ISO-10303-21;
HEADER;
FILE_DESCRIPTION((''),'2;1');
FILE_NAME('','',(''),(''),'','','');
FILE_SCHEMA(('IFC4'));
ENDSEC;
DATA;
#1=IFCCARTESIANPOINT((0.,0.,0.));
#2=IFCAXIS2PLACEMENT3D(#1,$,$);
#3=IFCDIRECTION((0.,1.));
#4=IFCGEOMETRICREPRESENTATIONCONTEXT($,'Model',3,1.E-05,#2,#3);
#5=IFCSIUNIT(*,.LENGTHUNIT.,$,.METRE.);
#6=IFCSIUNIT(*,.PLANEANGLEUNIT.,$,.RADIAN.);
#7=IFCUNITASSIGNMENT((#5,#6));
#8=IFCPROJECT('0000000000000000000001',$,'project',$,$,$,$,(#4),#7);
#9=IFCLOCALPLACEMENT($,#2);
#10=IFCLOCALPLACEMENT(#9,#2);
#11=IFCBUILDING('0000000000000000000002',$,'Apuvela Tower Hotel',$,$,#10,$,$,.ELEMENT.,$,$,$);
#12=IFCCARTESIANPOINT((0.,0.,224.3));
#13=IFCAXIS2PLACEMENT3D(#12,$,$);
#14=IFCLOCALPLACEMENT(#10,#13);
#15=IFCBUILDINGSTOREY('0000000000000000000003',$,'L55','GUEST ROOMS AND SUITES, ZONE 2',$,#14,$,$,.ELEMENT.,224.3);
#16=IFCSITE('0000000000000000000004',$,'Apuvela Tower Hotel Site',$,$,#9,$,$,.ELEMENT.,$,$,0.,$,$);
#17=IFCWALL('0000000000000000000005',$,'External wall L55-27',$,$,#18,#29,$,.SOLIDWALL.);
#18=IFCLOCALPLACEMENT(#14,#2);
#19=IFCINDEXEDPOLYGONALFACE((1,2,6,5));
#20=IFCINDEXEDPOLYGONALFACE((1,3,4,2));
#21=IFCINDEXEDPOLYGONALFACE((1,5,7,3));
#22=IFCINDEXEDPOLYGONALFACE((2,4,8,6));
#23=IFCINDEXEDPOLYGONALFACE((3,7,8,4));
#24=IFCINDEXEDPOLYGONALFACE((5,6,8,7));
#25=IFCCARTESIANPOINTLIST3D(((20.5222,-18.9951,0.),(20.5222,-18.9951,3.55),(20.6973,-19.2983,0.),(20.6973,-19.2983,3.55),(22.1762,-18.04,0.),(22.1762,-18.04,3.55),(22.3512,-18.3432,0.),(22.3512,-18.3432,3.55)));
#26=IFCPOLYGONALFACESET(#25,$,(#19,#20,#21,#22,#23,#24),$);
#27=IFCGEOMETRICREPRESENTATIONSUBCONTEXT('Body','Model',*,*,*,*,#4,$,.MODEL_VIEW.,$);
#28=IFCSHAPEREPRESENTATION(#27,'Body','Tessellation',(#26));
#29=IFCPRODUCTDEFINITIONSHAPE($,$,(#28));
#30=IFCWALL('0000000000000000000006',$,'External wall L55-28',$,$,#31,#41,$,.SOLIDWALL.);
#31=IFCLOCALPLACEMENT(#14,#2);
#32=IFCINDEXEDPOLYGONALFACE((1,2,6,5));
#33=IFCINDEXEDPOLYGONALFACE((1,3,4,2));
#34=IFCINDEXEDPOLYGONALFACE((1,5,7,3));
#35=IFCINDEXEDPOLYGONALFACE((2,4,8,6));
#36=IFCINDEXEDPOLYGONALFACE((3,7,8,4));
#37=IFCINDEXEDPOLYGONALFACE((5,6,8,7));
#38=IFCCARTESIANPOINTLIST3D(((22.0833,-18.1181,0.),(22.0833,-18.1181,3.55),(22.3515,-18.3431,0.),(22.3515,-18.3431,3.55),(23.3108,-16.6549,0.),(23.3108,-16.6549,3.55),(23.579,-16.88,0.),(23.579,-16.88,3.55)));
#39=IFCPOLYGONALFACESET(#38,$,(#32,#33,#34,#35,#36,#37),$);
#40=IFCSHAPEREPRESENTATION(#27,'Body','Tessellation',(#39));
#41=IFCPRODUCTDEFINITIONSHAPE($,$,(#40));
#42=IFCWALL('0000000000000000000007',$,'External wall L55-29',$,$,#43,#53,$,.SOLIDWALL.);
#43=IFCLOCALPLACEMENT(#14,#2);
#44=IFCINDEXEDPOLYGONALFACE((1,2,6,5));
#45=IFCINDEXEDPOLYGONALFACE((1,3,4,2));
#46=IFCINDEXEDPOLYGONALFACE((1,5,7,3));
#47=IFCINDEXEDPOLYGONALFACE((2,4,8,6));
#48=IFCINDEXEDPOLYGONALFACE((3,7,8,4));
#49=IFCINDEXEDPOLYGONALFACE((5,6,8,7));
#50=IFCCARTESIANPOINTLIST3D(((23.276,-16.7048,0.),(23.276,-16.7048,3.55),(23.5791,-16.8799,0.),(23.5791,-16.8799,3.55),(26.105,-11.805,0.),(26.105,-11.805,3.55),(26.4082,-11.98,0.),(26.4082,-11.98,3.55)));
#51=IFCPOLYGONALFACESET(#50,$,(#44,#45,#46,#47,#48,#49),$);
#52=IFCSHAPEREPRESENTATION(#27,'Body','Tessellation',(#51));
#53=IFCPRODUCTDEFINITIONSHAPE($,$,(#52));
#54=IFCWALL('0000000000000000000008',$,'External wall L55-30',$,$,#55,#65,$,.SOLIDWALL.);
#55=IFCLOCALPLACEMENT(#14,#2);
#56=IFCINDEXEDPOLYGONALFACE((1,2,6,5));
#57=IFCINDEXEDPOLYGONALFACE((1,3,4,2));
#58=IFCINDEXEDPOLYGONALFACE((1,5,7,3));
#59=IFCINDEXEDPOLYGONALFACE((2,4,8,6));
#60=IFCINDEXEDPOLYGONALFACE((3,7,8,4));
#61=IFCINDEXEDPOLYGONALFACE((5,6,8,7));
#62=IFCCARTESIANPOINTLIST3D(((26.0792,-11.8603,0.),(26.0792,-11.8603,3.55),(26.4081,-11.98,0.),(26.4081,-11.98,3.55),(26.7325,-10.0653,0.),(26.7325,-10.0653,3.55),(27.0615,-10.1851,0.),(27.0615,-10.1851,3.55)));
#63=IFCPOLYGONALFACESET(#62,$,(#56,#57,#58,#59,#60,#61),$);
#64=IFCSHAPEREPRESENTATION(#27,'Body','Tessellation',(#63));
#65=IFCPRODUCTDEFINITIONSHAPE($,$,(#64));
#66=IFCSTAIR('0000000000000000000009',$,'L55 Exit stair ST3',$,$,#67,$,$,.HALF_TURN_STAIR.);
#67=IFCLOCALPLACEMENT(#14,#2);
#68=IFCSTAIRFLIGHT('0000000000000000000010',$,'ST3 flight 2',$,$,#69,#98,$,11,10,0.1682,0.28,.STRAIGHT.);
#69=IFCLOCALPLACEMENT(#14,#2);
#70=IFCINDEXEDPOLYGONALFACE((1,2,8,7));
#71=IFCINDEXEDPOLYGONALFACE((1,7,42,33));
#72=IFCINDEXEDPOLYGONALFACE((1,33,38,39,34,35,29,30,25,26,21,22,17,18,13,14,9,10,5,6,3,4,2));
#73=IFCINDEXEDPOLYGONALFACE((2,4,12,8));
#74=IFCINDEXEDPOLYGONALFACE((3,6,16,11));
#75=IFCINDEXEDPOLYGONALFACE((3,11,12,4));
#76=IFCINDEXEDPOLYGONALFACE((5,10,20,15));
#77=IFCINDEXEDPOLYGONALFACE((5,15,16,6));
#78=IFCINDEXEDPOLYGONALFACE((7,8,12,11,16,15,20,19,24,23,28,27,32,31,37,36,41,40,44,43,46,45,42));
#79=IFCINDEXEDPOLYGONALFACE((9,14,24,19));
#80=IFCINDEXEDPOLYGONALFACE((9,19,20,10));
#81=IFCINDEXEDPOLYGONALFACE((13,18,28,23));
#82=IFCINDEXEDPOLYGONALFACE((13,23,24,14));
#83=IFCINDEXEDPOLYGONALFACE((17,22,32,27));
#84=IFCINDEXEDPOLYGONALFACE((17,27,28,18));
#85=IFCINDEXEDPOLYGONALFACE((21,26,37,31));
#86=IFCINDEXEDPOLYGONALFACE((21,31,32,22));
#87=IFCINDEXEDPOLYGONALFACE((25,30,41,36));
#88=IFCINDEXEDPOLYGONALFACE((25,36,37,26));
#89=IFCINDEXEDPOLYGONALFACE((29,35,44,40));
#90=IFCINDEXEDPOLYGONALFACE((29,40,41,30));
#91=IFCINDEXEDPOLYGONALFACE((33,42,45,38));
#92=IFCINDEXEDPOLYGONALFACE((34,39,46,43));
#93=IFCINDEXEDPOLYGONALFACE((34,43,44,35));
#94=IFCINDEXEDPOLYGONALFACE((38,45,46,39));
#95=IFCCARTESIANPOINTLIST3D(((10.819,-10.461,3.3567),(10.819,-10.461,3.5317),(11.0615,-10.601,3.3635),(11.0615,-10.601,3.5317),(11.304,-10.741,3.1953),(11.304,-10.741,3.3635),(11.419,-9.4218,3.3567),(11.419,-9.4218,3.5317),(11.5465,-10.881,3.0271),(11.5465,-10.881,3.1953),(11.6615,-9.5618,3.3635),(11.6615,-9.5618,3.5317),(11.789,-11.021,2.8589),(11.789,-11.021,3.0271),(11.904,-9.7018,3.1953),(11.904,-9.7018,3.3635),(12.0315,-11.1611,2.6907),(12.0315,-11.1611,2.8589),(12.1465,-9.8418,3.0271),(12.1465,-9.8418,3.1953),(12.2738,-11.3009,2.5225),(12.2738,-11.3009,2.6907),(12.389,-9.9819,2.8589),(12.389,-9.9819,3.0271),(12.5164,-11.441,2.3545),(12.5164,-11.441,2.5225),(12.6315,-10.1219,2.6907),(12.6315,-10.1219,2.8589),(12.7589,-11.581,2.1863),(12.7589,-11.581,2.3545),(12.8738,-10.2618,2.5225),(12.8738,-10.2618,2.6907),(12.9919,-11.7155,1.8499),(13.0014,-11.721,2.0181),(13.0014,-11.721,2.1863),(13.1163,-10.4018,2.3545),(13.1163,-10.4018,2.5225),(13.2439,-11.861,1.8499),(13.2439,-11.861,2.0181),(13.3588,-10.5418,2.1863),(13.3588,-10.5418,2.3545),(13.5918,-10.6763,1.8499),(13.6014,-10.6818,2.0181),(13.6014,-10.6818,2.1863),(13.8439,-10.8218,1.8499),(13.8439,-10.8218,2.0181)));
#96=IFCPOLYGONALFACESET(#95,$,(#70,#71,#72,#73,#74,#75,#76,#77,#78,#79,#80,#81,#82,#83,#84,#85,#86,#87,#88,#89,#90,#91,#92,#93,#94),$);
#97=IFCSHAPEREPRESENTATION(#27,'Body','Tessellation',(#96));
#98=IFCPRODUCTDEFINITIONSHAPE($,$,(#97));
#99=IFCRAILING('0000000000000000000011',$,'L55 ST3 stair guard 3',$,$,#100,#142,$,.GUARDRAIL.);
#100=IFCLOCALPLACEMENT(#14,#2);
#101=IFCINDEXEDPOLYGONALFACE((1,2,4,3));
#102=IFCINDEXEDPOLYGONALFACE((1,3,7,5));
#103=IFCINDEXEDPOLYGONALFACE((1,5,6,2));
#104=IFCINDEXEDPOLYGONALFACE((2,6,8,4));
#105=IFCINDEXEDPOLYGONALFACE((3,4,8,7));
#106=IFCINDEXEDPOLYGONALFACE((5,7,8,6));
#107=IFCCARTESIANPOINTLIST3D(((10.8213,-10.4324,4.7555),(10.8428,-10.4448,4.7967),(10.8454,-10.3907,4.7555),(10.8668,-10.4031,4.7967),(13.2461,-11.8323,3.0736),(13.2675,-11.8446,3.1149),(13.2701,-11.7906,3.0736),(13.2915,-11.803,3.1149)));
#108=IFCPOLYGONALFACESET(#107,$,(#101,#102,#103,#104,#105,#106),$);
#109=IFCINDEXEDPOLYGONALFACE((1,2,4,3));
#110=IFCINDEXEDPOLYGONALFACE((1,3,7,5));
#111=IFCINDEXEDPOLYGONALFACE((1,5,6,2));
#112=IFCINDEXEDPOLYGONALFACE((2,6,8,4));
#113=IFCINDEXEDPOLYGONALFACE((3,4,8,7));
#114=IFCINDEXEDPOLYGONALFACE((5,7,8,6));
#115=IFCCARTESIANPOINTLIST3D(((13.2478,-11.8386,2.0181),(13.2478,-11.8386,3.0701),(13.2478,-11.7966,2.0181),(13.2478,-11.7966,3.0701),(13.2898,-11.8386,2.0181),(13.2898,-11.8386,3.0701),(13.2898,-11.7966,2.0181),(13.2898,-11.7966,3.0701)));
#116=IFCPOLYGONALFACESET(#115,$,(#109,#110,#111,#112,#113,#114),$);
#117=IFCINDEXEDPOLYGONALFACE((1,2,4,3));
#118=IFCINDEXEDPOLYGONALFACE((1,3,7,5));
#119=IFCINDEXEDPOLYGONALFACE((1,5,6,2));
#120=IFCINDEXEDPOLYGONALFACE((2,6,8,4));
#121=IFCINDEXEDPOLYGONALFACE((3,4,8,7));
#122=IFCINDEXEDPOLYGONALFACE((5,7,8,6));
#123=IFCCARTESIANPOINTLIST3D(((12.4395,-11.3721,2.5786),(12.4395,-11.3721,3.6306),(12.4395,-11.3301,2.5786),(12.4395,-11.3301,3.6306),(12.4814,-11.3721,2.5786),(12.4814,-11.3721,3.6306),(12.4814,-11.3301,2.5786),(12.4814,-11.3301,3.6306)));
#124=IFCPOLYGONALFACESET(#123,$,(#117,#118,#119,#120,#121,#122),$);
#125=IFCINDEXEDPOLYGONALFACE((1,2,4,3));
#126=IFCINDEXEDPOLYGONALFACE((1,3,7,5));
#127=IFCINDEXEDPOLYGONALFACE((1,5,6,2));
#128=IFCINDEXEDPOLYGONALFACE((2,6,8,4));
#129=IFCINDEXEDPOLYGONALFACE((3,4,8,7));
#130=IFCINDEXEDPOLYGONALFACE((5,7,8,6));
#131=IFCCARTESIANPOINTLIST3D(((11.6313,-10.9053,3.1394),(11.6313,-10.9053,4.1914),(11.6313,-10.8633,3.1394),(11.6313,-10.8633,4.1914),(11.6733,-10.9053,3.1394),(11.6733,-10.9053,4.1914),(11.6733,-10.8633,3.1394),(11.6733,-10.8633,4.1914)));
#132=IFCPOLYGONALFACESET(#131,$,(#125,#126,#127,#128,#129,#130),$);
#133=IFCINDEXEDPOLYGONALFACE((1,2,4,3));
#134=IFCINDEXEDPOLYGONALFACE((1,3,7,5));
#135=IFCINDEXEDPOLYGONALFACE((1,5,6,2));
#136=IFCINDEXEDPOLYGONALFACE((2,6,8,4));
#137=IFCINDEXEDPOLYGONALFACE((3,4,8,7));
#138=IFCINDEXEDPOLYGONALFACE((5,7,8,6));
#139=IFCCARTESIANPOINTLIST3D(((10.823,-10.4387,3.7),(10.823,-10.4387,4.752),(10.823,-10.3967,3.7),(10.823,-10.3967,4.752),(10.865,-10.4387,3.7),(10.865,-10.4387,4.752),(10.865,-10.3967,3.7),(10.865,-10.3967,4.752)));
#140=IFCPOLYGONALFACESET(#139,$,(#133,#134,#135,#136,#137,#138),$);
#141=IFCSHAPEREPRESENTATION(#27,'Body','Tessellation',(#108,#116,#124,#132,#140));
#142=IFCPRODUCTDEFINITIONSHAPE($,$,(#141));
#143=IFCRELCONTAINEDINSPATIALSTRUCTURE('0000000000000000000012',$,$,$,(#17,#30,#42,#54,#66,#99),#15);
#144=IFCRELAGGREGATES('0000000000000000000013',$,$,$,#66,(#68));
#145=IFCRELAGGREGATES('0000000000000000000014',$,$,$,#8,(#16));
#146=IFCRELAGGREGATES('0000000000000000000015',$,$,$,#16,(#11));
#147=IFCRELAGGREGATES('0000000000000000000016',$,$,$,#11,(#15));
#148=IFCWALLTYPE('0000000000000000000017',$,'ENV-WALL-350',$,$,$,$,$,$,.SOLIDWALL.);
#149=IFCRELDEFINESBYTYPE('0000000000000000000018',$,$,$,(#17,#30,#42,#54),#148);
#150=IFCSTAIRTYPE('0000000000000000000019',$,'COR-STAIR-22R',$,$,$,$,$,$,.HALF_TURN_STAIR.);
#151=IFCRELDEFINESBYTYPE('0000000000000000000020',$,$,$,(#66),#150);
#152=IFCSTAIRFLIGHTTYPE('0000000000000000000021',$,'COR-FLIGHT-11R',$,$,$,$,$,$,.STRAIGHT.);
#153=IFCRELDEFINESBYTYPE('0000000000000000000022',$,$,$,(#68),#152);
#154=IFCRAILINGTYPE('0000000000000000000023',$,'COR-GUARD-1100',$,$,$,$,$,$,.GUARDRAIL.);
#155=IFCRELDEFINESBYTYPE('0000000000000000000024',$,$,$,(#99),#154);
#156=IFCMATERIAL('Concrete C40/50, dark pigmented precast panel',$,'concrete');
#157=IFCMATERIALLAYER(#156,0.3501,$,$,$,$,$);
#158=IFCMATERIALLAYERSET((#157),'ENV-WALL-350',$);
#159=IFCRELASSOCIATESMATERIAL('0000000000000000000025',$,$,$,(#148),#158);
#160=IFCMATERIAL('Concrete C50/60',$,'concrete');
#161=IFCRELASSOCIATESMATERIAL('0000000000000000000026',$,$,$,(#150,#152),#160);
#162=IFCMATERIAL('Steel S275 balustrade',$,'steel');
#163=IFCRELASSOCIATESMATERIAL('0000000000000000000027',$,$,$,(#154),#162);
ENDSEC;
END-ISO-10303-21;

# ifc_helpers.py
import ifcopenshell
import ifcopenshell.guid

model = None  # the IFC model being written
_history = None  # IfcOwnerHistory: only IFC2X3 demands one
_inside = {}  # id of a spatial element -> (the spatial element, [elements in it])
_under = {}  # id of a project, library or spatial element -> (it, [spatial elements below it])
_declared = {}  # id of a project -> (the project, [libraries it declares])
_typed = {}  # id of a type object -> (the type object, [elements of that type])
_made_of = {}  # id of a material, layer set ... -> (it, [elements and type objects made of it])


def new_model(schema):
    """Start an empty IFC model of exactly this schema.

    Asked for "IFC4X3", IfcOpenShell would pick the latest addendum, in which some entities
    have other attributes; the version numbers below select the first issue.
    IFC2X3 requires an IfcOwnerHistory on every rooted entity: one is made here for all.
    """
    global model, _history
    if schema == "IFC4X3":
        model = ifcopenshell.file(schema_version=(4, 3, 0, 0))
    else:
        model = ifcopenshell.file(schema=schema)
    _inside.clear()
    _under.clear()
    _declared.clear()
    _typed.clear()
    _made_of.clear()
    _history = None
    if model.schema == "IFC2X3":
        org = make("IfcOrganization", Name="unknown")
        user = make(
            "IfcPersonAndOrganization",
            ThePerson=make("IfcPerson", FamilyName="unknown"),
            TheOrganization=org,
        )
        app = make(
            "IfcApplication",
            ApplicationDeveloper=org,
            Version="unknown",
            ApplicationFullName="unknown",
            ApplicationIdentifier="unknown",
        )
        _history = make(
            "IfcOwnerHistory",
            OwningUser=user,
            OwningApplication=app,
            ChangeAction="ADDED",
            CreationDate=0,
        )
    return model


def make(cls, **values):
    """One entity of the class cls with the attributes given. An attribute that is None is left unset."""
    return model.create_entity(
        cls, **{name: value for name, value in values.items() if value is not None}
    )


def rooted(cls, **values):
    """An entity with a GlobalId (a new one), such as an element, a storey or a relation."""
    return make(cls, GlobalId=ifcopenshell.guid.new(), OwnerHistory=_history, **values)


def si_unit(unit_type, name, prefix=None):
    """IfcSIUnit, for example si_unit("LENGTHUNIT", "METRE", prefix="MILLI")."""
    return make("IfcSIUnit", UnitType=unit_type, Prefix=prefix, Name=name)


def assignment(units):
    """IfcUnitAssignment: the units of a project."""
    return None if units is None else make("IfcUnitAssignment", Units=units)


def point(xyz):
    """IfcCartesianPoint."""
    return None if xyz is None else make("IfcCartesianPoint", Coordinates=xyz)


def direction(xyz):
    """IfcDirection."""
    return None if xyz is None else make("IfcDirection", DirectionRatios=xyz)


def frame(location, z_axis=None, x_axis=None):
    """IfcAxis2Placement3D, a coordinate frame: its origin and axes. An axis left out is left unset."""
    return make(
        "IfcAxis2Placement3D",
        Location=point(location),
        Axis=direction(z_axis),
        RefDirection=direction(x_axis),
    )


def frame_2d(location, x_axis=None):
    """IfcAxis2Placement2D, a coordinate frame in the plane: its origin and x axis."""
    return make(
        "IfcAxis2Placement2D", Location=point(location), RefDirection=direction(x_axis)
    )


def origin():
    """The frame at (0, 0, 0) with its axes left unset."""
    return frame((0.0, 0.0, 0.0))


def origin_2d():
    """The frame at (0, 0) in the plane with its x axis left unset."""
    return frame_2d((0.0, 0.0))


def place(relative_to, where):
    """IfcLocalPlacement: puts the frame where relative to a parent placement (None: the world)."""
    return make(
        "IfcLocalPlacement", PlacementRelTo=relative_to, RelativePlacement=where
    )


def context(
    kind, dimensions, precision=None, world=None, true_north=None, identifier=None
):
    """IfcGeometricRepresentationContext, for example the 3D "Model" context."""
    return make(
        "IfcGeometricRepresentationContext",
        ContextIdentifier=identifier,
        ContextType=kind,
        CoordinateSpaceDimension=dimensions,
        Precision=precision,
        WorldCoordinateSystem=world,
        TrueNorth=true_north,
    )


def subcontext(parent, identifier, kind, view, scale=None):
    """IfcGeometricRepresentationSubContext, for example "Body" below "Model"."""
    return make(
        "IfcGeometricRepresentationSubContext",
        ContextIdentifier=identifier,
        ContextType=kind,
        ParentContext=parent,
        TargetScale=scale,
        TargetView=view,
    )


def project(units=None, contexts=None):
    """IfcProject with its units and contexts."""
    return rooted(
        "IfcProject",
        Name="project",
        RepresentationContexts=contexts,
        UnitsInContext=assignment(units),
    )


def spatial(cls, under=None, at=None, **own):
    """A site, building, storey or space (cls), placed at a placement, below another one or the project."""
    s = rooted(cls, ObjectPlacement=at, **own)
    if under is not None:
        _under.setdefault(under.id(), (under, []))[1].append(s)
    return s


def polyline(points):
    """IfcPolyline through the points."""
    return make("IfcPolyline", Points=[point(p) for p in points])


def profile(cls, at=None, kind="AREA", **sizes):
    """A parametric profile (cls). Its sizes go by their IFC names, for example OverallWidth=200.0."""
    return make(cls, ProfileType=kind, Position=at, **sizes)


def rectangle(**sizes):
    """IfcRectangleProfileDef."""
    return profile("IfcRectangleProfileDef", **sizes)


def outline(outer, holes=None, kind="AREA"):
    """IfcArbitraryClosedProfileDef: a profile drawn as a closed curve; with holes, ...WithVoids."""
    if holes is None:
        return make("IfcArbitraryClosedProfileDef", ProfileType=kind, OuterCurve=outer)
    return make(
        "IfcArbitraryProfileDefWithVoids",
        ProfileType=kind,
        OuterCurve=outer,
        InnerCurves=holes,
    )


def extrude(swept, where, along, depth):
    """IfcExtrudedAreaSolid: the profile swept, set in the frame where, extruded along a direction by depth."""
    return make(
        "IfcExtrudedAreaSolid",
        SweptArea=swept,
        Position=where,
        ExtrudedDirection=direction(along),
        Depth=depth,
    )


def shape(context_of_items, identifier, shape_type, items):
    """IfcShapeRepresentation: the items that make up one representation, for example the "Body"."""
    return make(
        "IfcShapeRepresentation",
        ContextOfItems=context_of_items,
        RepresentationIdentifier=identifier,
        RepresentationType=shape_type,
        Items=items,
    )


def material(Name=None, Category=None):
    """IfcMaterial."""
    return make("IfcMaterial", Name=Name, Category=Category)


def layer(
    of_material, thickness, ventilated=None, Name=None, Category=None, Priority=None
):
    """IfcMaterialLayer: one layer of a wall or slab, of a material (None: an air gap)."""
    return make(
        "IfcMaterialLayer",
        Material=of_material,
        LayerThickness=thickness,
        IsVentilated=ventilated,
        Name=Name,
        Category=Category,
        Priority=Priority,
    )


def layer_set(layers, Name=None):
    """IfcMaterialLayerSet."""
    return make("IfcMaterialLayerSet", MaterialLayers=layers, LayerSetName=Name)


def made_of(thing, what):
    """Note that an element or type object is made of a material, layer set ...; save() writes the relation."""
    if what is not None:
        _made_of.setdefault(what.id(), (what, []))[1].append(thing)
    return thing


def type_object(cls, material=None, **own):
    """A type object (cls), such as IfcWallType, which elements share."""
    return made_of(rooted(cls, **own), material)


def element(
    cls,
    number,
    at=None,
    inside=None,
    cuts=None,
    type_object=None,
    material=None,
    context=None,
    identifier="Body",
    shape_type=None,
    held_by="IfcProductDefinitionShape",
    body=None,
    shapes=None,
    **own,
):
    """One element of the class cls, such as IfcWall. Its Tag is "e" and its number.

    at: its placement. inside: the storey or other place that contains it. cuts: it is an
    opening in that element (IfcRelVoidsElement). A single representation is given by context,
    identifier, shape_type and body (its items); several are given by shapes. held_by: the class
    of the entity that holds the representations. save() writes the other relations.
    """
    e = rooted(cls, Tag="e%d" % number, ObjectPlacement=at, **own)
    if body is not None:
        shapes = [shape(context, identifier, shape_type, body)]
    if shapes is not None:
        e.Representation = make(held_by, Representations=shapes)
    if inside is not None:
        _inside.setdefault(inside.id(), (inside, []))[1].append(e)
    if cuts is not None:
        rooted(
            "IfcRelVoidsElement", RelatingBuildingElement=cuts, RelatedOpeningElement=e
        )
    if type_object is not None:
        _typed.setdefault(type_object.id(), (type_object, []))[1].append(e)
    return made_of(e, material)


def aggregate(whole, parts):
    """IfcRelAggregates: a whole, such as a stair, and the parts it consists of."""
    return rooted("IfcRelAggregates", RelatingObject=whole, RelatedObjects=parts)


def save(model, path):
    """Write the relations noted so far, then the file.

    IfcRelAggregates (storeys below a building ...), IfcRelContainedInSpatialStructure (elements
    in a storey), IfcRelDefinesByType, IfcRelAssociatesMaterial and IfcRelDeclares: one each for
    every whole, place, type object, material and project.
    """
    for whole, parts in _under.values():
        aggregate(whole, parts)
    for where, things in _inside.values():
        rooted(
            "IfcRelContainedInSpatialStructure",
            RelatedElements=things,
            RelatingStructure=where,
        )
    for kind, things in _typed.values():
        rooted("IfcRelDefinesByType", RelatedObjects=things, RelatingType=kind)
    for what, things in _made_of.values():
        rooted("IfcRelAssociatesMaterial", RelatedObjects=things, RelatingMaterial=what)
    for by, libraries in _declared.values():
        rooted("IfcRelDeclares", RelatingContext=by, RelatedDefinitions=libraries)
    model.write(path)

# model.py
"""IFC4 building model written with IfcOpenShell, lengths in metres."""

from ifc_helpers import new_model, si_unit, direction, frame, frame_2d, origin, origin_2d, place, context, subcontext, project, spatial, polyline, rectangle, outline, extrude, material, layer, layer_set, type_object, element, aggregate, save


model = new_model("IFC4")

# Units and contexts
model_context = context("Model", 3, precision=1e-05, world=origin(), true_north=direction((0.0, 1.0)))
body_context = subcontext(model_context, "Body", "Model", "MODEL_VIEW")
ifc_project = project(units=[si_unit("LENGTHUNIT", "METRE"), si_unit("PLANEANGLEUNIT", "RADIAN")], contexts=[model_context])

# Site, building, storey
site_placement = place(None, origin())
site = spatial("IfcSite", under=ifc_project, at=site_placement, Name="Apuvela Tower Hotel Site", CompositionType="ELEMENT", RefElevation=0.0)
building_placement = place(site_placement, origin())
building = spatial("IfcBuilding", under=site, at=building_placement, Name="Apuvela Tower Hotel", CompositionType="ELEMENT")
storey_placement = place(building_placement, frame((0.0, 0.0, 224.3)))
storey = spatial("IfcBuildingStorey", under=building, at=storey_placement, Name="L55", Description="GUEST ROOMS AND SUITES, ZONE 2", CompositionType="ELEMENT", Elevation=224.3)

# Shared definitions
ifc_material_1 = material(Name="Concrete C50/60", Category="concrete")

# Shared definitions
ifc_material_2 = material(Name="Concrete C40/50, dark pigmented precast panel", Category="concrete")
ifc_layer_1 = layer(ifc_material_2, 0.3501)
ifc_layer_set_1 = layer_set([ifc_layer_1], Name="ENV-WALL-350")
wall_type_1 = type_object("IfcWallType", Name="ENV-WALL-350", PredefinedType="SOLIDWALL", material=ifc_layer_set_1)

# Walls
for number, where, z_axis, x_axis, name in (
    (1, (20.6096, -19.1467, 0.0), (0.0, 0.0, 1.0), (0.866, 0.500043, 0.0), "External wall L55-27"),
    (2, (22.2173, -18.2307, 0.0), (0.0, 0.0, 1.0), (0.642733, 0.76609, 0.0), "External wall L55-28"),
):
    element("IfcWall", number, at=place(storey_placement, frame(where, z_axis=z_axis, x_axis=x_axis)), inside=storey, type_object=wall_type_1, Name=name, PredefinedType="SOLIDWALL", context=body_context, shape_type="SweptSolid", body=[
        extrude(rectangle(XDim=1.9099, YDim=0.3501, at=frame_2d((0.9551, 0.0))), origin(), (0.0, 0.0, 1.0), 3.55),
    ])
wall_1_placement = place(storey_placement, frame((23.4275, -16.7925, 0.0), z_axis=(0.0, 0.0, 1.0), x_axis=(0.500019, 0.866015, 0.0)))
element("IfcWall", 3, at=wall_1_placement, inside=storey, type_object=wall_type_1, Name="External wall L55-29", PredefinedType="SOLIDWALL", context=body_context, shape_type="SweptSolid", body=[
    extrude(rectangle(XDim=5.658, YDim=0.3501, at=frame_2d((2.8291, 0.0))), origin(), (0.0, 0.0, 1.0), 3.55),
])
wall_2_placement = place(storey_placement, frame((26.2437, -11.9202, 0.0), z_axis=(0.0, 0.0, 1.0), x_axis=(0.34203, 0.939689, 0.0)))
element("IfcWall", 4, at=wall_2_placement, inside=storey, type_object=wall_type_1, Name="External wall L55-30", PredefinedType="SOLIDWALL", context=body_context, shape_type="SweptSolid", body=[
    extrude(rectangle(XDim=1.9102, YDim=0.3501, at=frame_2d((0.9551, 0.0))), origin(), (0.0, 0.0, 1.0), 3.55),
])

# Stair, stair flight
stair_type = type_object("IfcStairType", Name="COR-STAIR-22R", PredefinedType="HALF_TURN_STAIR", material=ifc_material_1)
stair_placement = place(storey_placement, origin())
stair = element("IfcStair", 5, at=stair_placement, inside=storey, type_object=stair_type, Name="L55 Exit stair ST3", PredefinedType="HALF_TURN_STAIR")
stair_flight_type = type_object("IfcStairFlightType", Name="COR-FLIGHT-11R", PredefinedType="STRAIGHT", material=ifc_material_1)
stair_flight_placement = place(storey_placement, frame((13.5439, -11.3413, 1.8499), z_axis=(0.0, 0.0, 1.0), x_axis=(-0.866025, 0.5, 0.0)))
stair_flight = element("IfcStairFlight", 6, at=stair_flight_placement, type_object=stair_flight_type, Name="ST3 flight 2", NumberOfRisers=11, NumberOfTreads=10, PredefinedType="STRAIGHT", RiserHeight=0.1682, TreadLength=0.28, context=body_context, shape_type="SweptSolid", body=[
    extrude(outline(polyline([(0.0, 0.0), (0.0, 0.1682), (0.28, 0.1682), (0.28, 0.3364), (0.5601, 0.3364), (0.5601, 0.5046), (0.8401, 0.5046), (0.8401, 0.6726), (1.1201, 0.6726), (1.1201, 0.8408), (1.3999, 0.8408), (1.3999, 1.009), (1.6799, 1.009), (1.6799, 1.1772), (1.96, 1.1772), (1.96, 1.3455), (2.24, 1.3455), (2.24, 1.5137), (2.52, 1.5137), (2.52, 1.6819), (2.8, 1.6819), (2.8, 1.8501), (2.8, 1.5068), (0.291, 0.0), (0.0, 0.0)])), frame((0.0, 0.6001, 0.0), z_axis=(0.0, -1.0, 0.0), x_axis=(1.0, 0.0, 0.0)), (0.0, 0.0, 1.0), 1.2),
])
aggregate(stair, [stair_flight])

# Railing
ifc_material_3 = material(Name="Steel S275 balustrade", Category="steel")
railing_type = type_object("IfcRailingType", Name="COR-GUARD-1100", PredefinedType="GUARDRAIL", material=ifc_material_3)
railing_placement = place(storey_placement, frame((13.2688, -11.8176, 2.0181)))
element("IfcRailing", 7, at=railing_placement, inside=storey, type_object=railing_type, Name="L55 ST3 stair guard 3", PredefinedType="GUARDRAIL", context=body_context, shape_type="SweptSolid", body=[
    extrude(rectangle(XDim=0.0481, YDim=0.0481, at=origin_2d()), frame((0.0, 0.0, 1.0762), z_axis=(-0.74239, 0.428601, 0.514934), x_axis=(-0.499984, -0.866035, 0.0)), (0.0, 0.0, 1.0), 3.2661),
    extrude(rectangle(XDim=0.042, YDim=0.042, at=origin_2d()), origin(), (0.0, 0.0, 1.0), 1.052),
    extrude(rectangle(XDim=0.042, YDim=0.042, at=origin_2d()), frame((-0.8083, 0.4666, 0.5605)), (0.0, 0.0, 1.0), 1.052),
    extrude(rectangle(XDim=0.042, YDim=0.042, at=origin_2d()), frame((-1.6165, 0.9333, 1.1213)), (0.0, 0.0, 1.0), 1.052),
    extrude(rectangle(XDim=0.042, YDim=0.042, at=origin_2d()), frame((-2.4248, 1.3999, 1.6819)), (0.0, 0.0, 1.0), 1.052),
])

save(model, "model.ifc")
